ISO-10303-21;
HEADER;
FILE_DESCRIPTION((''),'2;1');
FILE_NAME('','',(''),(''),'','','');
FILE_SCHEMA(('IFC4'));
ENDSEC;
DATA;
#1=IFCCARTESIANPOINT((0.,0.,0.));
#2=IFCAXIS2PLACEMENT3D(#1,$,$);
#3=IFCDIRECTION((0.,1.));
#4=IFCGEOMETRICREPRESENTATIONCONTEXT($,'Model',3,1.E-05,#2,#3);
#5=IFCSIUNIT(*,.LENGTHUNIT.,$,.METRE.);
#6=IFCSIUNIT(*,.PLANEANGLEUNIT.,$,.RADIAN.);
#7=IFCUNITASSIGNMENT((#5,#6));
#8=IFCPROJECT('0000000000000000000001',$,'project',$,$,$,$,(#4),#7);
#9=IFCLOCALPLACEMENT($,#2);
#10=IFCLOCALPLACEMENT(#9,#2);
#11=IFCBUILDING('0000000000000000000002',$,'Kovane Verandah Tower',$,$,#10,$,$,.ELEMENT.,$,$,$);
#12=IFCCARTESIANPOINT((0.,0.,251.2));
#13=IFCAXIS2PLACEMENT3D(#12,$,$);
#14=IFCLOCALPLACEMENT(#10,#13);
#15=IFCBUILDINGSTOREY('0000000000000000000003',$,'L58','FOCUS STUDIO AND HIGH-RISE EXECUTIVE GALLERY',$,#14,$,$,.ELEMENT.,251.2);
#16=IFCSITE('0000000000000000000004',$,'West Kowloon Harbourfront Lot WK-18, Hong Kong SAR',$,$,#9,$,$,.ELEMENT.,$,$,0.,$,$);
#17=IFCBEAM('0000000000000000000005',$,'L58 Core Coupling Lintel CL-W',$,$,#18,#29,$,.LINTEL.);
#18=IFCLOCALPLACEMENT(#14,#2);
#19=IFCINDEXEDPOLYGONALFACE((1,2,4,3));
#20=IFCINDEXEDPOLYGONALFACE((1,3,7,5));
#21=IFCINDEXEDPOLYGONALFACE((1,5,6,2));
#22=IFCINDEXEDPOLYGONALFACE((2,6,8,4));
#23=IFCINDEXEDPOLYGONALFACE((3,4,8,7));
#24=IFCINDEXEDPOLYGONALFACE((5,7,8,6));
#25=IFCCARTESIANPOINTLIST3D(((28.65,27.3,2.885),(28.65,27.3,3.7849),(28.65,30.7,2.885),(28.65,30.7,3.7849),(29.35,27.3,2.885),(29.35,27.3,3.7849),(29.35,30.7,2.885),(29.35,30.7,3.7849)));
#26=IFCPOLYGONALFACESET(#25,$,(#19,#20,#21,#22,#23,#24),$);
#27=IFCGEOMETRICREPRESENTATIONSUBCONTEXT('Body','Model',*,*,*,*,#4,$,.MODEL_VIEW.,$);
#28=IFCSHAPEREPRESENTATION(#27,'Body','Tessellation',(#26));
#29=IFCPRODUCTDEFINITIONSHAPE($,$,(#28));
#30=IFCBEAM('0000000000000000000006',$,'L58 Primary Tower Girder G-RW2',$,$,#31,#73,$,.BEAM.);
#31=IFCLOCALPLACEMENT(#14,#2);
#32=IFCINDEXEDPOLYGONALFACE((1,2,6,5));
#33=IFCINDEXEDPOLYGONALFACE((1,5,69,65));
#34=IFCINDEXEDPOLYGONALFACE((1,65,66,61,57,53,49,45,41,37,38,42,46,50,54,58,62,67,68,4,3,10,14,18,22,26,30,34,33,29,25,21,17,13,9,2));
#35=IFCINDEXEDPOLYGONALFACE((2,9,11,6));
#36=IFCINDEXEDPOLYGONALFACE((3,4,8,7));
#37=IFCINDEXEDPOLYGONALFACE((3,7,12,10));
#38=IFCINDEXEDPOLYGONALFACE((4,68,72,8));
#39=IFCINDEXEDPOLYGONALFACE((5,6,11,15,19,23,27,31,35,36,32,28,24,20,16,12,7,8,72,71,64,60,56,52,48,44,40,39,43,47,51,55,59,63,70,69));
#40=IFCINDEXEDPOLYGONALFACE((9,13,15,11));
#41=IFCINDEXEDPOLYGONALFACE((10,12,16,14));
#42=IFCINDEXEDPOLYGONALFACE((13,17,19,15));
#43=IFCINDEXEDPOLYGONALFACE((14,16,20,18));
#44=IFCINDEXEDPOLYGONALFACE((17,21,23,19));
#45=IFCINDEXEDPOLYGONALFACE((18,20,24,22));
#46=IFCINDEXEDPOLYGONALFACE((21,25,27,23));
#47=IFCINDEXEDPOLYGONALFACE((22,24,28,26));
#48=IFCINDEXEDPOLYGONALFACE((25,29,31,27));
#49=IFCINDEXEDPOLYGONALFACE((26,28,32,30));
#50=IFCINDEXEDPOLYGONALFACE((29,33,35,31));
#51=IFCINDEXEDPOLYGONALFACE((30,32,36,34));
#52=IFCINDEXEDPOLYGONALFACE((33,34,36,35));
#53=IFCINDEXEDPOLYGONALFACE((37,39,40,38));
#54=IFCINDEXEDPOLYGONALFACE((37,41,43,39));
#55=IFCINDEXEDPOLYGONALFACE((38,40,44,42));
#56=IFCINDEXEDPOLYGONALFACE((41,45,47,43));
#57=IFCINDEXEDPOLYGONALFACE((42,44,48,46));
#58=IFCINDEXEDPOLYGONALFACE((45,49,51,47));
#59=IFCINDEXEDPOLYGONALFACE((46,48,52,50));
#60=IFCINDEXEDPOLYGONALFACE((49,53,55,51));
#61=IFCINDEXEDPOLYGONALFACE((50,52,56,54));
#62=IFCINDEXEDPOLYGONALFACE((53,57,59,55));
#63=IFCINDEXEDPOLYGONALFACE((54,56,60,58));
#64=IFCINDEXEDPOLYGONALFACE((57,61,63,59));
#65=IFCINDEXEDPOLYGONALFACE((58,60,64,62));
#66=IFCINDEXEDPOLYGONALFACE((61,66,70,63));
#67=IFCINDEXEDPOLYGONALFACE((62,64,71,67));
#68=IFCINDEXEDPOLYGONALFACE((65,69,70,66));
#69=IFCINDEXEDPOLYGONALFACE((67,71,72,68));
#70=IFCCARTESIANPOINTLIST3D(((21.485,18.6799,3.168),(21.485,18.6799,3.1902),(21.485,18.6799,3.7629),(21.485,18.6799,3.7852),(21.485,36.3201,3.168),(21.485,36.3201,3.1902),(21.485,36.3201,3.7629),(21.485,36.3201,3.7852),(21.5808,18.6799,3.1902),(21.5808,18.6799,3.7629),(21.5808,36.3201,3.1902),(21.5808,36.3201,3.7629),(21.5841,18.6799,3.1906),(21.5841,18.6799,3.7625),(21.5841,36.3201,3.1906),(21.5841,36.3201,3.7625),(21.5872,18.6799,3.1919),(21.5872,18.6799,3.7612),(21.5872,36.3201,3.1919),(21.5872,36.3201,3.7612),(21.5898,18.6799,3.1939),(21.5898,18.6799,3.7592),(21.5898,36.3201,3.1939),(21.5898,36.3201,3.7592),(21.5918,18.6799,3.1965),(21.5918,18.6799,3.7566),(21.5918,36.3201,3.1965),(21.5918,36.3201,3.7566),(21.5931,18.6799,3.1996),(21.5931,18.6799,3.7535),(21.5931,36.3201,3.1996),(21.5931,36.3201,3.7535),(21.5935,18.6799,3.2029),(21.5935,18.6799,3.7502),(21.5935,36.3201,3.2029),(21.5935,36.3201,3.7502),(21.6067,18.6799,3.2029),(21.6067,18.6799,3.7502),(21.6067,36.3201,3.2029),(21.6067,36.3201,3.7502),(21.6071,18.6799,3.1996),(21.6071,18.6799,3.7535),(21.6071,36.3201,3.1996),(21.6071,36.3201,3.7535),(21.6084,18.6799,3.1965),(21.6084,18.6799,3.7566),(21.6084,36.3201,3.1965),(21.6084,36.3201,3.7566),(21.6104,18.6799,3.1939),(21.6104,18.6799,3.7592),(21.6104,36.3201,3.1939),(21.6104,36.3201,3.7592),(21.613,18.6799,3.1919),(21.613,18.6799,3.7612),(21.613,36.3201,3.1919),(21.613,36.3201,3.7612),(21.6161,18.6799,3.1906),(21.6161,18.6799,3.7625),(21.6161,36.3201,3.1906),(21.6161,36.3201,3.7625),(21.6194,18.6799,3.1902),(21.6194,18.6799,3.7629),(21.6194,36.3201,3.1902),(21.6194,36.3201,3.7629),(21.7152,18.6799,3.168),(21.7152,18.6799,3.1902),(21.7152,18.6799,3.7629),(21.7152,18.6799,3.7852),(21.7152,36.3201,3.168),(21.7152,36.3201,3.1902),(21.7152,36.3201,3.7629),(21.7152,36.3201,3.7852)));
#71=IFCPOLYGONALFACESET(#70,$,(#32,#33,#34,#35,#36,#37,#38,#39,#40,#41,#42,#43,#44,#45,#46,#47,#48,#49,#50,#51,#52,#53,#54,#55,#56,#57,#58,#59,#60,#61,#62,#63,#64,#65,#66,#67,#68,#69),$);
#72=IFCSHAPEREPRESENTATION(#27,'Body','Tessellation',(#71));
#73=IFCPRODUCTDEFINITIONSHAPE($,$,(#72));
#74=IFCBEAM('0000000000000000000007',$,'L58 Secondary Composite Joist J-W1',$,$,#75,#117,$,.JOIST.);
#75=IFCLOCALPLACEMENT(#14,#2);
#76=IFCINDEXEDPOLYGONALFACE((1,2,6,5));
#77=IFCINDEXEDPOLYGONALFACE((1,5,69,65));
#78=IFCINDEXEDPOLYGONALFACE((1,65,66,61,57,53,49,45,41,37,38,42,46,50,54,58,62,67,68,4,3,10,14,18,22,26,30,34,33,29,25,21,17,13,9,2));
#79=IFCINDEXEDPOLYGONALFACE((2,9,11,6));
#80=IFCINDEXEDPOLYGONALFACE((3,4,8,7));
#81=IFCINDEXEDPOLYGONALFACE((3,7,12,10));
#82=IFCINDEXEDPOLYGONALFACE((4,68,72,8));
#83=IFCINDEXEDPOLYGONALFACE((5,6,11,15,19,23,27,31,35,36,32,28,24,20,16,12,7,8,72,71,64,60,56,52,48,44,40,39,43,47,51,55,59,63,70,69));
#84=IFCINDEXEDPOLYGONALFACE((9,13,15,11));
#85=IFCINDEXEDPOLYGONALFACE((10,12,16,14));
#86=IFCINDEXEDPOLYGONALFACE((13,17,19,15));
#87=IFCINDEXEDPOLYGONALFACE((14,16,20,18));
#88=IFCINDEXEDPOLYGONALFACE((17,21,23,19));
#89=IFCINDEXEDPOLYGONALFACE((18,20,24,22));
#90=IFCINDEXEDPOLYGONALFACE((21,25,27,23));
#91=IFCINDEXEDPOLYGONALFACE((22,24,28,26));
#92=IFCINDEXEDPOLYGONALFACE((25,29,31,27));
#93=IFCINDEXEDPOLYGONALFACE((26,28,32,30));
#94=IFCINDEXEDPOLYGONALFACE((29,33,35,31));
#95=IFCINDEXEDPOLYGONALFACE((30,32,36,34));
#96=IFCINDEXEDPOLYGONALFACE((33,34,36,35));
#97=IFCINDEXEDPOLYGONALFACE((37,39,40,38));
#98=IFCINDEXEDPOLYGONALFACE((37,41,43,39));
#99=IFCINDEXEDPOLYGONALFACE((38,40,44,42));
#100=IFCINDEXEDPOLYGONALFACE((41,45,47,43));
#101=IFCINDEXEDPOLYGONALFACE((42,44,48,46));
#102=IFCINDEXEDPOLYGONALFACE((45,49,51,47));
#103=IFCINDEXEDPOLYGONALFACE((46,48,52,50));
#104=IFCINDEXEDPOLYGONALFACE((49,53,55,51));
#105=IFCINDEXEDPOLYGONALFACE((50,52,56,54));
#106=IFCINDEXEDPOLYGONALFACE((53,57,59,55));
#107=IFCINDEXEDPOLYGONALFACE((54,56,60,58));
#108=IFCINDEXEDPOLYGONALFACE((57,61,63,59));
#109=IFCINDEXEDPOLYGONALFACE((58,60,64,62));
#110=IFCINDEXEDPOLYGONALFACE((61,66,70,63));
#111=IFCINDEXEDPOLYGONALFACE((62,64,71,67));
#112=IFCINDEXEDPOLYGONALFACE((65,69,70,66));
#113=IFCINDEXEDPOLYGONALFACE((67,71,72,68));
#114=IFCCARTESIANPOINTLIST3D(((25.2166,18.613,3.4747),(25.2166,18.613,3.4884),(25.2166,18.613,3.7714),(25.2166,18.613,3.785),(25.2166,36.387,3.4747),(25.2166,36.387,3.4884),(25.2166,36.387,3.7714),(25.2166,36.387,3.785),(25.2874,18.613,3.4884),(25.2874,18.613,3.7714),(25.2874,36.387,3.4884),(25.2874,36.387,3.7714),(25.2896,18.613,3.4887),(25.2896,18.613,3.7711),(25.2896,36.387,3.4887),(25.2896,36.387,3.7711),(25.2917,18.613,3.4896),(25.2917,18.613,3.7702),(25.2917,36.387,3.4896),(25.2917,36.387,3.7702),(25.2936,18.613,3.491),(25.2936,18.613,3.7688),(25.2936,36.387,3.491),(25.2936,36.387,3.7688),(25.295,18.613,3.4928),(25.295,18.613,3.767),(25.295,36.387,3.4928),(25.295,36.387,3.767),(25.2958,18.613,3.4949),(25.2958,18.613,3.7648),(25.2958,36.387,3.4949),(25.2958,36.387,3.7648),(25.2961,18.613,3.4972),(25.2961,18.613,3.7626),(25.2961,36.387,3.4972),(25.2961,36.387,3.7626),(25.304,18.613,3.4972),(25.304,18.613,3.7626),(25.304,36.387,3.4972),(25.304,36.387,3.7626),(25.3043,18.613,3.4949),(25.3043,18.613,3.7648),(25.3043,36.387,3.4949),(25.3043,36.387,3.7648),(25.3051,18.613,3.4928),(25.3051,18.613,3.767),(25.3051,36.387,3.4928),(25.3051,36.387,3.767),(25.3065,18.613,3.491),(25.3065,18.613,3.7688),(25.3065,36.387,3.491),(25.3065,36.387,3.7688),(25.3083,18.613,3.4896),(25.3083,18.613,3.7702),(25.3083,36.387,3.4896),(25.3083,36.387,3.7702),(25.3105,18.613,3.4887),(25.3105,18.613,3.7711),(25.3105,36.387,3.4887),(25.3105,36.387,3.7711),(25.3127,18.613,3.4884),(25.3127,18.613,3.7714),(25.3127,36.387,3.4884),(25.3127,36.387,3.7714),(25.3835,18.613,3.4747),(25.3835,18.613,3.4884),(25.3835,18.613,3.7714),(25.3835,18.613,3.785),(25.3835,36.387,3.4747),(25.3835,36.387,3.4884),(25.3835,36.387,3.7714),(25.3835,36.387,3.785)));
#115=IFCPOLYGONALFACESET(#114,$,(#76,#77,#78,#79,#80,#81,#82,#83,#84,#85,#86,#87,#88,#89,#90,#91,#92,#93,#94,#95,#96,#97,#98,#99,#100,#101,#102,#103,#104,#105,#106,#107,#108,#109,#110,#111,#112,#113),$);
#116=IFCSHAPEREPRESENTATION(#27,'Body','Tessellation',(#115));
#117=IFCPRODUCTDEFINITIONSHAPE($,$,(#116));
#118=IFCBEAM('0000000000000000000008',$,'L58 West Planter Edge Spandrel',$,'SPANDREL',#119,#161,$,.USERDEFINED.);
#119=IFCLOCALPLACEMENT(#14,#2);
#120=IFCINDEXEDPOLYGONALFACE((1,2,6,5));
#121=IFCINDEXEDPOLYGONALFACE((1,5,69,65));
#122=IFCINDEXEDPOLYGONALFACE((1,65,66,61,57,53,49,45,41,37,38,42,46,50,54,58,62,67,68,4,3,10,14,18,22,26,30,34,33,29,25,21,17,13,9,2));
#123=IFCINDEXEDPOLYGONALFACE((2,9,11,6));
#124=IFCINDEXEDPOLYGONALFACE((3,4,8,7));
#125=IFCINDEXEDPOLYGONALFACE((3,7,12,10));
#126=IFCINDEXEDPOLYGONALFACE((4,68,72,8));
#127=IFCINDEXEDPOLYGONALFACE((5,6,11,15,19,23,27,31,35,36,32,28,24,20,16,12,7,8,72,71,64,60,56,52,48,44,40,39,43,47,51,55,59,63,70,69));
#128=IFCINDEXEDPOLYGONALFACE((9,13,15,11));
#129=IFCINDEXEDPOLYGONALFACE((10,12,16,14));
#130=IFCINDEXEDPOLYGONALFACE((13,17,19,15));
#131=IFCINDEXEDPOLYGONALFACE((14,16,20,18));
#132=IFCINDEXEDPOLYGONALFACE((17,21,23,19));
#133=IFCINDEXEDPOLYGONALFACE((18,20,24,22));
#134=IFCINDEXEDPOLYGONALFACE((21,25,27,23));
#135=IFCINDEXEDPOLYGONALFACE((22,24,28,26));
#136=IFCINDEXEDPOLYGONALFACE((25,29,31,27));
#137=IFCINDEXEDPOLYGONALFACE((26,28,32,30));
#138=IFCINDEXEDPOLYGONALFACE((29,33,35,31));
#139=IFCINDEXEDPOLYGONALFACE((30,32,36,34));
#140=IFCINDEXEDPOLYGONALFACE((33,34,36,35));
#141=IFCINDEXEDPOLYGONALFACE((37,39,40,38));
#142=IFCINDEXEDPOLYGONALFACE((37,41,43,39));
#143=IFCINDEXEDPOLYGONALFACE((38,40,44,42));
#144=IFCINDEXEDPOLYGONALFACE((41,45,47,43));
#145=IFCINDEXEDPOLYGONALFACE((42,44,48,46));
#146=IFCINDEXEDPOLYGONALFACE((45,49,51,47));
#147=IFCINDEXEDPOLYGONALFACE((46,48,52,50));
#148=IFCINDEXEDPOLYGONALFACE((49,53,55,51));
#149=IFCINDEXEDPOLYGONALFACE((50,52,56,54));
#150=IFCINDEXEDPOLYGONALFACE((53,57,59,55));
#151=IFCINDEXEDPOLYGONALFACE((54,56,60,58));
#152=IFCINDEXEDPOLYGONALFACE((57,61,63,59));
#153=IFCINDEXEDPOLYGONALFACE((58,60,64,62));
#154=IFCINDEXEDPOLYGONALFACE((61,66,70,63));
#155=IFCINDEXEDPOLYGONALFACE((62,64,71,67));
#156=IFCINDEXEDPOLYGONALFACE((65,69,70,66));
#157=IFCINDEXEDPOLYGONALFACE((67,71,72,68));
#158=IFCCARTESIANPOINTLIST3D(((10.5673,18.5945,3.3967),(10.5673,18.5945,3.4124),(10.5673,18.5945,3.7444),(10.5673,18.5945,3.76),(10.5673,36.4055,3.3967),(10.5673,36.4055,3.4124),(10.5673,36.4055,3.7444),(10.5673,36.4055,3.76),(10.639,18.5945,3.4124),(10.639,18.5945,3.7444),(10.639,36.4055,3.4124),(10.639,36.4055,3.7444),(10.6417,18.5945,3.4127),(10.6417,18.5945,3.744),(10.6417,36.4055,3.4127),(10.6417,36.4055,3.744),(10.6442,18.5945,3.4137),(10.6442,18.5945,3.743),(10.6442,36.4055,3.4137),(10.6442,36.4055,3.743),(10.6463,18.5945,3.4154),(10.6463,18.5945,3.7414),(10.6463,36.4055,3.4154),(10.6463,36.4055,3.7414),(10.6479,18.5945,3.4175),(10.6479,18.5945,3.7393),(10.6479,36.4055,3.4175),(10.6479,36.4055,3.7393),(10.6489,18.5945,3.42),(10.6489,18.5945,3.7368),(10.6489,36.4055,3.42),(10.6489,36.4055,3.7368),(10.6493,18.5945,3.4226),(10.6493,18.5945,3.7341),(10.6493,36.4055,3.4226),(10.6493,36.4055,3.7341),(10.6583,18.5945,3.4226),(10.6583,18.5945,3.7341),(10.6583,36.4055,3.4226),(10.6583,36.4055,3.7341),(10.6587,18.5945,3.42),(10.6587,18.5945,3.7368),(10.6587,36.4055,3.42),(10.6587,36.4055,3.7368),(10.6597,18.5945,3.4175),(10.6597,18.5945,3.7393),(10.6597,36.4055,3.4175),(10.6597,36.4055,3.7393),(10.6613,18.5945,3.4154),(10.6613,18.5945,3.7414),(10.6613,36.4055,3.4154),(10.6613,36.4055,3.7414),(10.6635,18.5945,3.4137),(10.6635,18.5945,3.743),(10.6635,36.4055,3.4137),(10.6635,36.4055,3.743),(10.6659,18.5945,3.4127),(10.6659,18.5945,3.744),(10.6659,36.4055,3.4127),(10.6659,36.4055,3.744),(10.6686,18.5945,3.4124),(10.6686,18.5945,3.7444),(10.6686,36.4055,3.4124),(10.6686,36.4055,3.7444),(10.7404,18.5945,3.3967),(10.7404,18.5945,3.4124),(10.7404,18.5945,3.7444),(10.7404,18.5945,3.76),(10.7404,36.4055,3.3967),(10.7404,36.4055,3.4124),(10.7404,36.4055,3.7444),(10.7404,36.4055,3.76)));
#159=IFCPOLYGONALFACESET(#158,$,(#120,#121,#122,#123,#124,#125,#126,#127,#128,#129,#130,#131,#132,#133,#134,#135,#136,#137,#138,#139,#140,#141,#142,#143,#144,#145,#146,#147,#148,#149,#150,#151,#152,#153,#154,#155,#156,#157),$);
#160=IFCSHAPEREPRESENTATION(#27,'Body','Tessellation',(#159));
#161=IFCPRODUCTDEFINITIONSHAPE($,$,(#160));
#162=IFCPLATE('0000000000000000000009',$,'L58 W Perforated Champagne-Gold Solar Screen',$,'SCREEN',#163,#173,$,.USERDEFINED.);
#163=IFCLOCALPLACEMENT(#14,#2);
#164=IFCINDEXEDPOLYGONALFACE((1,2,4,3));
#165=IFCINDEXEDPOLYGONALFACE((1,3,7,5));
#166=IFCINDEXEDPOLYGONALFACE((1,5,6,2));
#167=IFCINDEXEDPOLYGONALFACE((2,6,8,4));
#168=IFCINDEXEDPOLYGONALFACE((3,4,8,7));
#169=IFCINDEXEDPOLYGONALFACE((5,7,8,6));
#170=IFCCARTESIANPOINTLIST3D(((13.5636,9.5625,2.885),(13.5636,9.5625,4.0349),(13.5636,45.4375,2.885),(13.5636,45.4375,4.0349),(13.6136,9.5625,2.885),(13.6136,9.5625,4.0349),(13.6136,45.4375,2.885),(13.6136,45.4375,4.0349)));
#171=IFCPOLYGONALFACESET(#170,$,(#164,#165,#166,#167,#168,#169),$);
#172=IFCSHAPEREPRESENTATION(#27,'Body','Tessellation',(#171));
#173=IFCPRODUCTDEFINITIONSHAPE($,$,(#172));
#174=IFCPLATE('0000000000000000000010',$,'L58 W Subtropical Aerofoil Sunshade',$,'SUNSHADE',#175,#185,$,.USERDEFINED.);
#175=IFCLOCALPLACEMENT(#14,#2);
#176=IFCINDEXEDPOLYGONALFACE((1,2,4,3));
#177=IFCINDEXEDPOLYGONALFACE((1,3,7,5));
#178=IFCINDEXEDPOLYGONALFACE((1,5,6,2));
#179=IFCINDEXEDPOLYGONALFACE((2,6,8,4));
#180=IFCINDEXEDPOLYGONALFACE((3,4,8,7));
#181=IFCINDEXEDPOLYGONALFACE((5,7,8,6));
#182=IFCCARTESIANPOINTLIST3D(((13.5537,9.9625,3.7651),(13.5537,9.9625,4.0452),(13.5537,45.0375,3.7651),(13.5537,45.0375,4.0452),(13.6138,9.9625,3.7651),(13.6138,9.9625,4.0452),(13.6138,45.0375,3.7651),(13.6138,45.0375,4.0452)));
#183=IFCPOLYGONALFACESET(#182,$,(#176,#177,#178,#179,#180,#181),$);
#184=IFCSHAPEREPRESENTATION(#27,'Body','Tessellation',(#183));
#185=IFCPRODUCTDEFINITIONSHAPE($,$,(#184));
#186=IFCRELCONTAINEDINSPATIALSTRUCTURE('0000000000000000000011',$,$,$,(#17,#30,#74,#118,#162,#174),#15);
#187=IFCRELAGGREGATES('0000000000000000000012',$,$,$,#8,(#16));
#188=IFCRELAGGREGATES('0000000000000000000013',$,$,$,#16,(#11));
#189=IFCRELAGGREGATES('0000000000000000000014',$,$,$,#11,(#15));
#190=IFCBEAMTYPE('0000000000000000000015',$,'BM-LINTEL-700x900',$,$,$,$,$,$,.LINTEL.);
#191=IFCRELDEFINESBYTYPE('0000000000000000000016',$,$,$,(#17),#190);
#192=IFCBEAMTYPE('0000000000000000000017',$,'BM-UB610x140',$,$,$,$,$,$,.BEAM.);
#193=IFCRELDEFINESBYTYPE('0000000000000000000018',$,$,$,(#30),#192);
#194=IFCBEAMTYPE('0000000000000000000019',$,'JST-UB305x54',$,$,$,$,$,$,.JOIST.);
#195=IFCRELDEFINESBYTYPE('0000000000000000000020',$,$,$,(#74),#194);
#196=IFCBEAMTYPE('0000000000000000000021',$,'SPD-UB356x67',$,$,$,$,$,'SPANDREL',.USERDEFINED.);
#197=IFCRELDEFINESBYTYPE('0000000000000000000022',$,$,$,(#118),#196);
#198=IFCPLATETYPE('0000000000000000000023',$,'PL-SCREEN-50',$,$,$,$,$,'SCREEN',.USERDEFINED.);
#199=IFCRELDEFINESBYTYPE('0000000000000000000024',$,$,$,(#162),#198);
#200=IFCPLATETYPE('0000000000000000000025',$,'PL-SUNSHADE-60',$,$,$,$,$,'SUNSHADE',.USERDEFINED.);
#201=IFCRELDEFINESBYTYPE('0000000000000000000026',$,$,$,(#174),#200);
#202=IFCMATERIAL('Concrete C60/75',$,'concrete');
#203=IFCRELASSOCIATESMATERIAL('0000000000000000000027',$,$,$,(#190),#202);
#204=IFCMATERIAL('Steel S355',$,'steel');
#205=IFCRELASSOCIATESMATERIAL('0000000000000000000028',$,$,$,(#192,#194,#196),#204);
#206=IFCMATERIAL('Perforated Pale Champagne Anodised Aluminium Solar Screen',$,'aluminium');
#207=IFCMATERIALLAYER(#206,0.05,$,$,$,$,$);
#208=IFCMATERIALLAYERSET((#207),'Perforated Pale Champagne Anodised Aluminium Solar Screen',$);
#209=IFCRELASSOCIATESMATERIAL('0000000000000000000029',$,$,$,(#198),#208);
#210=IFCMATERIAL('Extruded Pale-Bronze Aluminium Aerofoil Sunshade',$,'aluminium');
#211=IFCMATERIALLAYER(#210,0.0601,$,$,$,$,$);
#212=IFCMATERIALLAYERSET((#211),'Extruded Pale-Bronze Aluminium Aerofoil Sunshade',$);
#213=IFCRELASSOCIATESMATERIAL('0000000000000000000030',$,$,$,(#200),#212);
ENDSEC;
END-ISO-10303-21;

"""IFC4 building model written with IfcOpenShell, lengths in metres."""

from ifc_helpers import new_model, si_unit, direction, frame, origin, origin_2d, place, context, subcontext, project, spatial, rectangle, i_section, extrude, material, layer, layer_set, material_profile, profile_set, type_object, element, save


model = new_model("IFC4")

# Units and contexts
model_context = context("Model", 3, precision=1e-05, world=origin(), true_north=direction((0.0, 1.0)))
body_context = subcontext(model_context, "Body", "Model", "MODEL_VIEW")
ifc_project = project(units=[si_unit("LENGTHUNIT", "METRE"), si_unit("PLANEANGLEUNIT", "RADIAN")], contexts=[model_context])

# Site, building, storey
site_placement = place(None, origin())
site = spatial("IfcSite", under=ifc_project, at=site_placement, Name="West Kowloon Harbourfront Lot WK-18, Hong Kong SAR", CompositionType="ELEMENT", RefElevation=0.0)
building_placement = place(site_placement, origin())
building = spatial("IfcBuilding", under=site, at=building_placement, Name="Kovane Verandah Tower", CompositionType="ELEMENT")
storey_placement = place(building_placement, frame((0.0, 0.0, 251.2)))
storey = spatial("IfcBuildingStorey", under=building, at=storey_placement, Name="L58", Description="FOCUS STUDIO AND HIGH-RISE EXECUTIVE GALLERY", CompositionType="ELEMENT", Elevation=251.2)

# Beams
ifc_material_1 = material(Name="Concrete C60/75", Category="concrete")
ifc_material_profile_1 = material_profile(ifc_material_1, rectangle(XDim=0.7, YDim=0.8999, at=origin_2d()), Name="RCB700x900")
ifc_profile_set_1 = profile_set([ifc_material_profile_1], Name="Concrete C60/75")
beam_type_1 = type_object("IfcBeamType", Name="BM-LINTEL-700x900", PredefinedType="LINTEL", material=ifc_profile_set_1)
beam_1_placement = place(storey_placement, frame((29.0, 27.3, 3.335), z_axis=(0.0, 1.0, 0.0), x_axis=(-1.0, 0.0, 0.0)))
element("IfcBeam", 1, at=beam_1_placement, inside=storey, type_object=beam_type_1, Name="L58 Core Coupling Lintel CL-W", PredefinedType="LINTEL", context=body_context, shape_type="SweptSolid", body=[
    extrude(rectangle(XDim=0.7, YDim=0.8999, at=origin_2d()), origin(), (0.0, 0.0, 1.0), 3.3999),
])
ifc_material_2 = material(Name="Steel S355", Category="steel")
ifc_material_profile_2 = material_profile(ifc_material_2, i_section(OverallWidth=0.2302, OverallDepth=0.6172, WebThickness=0.0132, FlangeThickness=0.0222, FilletRadius=0.0127, at=origin_2d()), Name="UB610x229x140")
ifc_profile_set_2 = profile_set([ifc_material_profile_2], Name="Steel S355")
beam_type_2 = type_object("IfcBeamType", Name="BM-UB610x140", PredefinedType="BEAM", material=ifc_profile_set_2)
beam_2_placement = place(storey_placement, frame((21.6001, 18.6799, 3.4766), z_axis=(0.0, 1.0, 0.0), x_axis=(-1.0, 0.0, 0.0)))
element("IfcBeam", 2, at=beam_2_placement, inside=storey, type_object=beam_type_2, Name="L58 Primary Tower Girder G-RW2", PredefinedType="BEAM", context=body_context, shape_type="SweptSolid", body=[
    extrude(i_section(OverallWidth=0.2302, OverallDepth=0.6172, WebThickness=0.0132, FlangeThickness=0.0222, FilletRadius=0.0127, at=origin_2d()), origin(), (0.0, 0.0, 1.0), 17.6401),
])
ifc_material_profile_3 = material_profile(ifc_material_2, i_section(OverallWidth=0.167, OverallDepth=0.3103, WebThickness=0.0078, FlangeThickness=0.0137, FilletRadius=0.0088, at=origin_2d()), Name="UB305x165x54")
ifc_profile_set_3 = profile_set([ifc_material_profile_3], Name="Steel S355")
beam_type_3 = type_object("IfcBeamType", Name="JST-UB305x54", PredefinedType="JOIST", material=ifc_profile_set_3)
beam_3_placement = place(storey_placement, frame((25.3, 18.613, 3.6299), z_axis=(0.0, 1.0, 0.0), x_axis=(-1.0, 0.0, 0.0)))
element("IfcBeam", 3, at=beam_3_placement, inside=storey, type_object=beam_type_3, Name="L58 Secondary Composite Joist J-W1", PredefinedType="JOIST", context=body_context, shape_type="SweptSolid", body=[
    extrude(i_section(OverallWidth=0.167, OverallDepth=0.3103, WebThickness=0.0078, FlangeThickness=0.0137, FilletRadius=0.0088, at=origin_2d()), origin(), (0.0, 0.0, 1.0), 17.7739),
])
ifc_material_profile_4 = material_profile(ifc_material_2, i_section(OverallWidth=0.1731, OverallDepth=0.3633, WebThickness=0.009, FlangeThickness=0.0156, FilletRadius=0.0103, at=origin_2d()), Name="UB356x171x67")
ifc_profile_set_4 = profile_set([ifc_material_profile_4], Name="Steel S355")
beam_type_4 = type_object("IfcBeamType", Name="SPD-UB356x67", ElementType="SPANDREL", PredefinedType="USERDEFINED", material=ifc_profile_set_4)
beam_4_placement = place(storey_placement, frame((10.6538, 18.5945, 3.5784), z_axis=(0.0, 1.0, 0.0), x_axis=(-1.0, 0.0, 0.0)))
element("IfcBeam", 4, at=beam_4_placement, inside=storey, type_object=beam_type_4, Name="L58 West Planter Edge Spandrel", ObjectType="SPANDREL", PredefinedType="USERDEFINED", context=body_context, shape_type="SweptSolid", body=[
    extrude(i_section(OverallWidth=0.1731, OverallDepth=0.3633, WebThickness=0.009, FlangeThickness=0.0156, FilletRadius=0.0103, at=origin_2d()), origin(), (0.0, 0.0, 1.0), 17.811),
])

# Plates
ifc_material_3 = material(Name="Perforated Pale Champagne Anodised Aluminium Solar Screen", Category="aluminium")
ifc_layer_1 = layer(ifc_material_3, 0.05)
ifc_layer_set_1 = layer_set([ifc_layer_1], Name="Perforated Pale Champagne Anodised Aluminium Solar Screen")
plate_type_1 = type_object("IfcPlateType", Name="PL-SCREEN-50", ElementType="SCREEN", PredefinedType="USERDEFINED", material=ifc_layer_set_1)
plate_1_placement = place(storey_placement, frame((13.5886, 27.5, 2.885), z_axis=(0.0, 0.0, 1.0), x_axis=(0.0, -1.0, 0.0)))
element("IfcPlate", 5, at=plate_1_placement, inside=storey, type_object=plate_type_1, Name="L58 W Perforated Champagne-Gold Solar Screen", ObjectType="SCREEN", PredefinedType="USERDEFINED", context=body_context, shape_type="SweptSolid", body=[
    extrude(rectangle(XDim=35.875, YDim=0.05, at=origin_2d()), origin(), (0.0, 0.0, 1.0), 1.1499),
])
ifc_material_4 = material(Name="Extruded Pale-Bronze Aluminium Aerofoil Sunshade", Category="aluminium")
ifc_layer_2 = layer(ifc_material_4, 0.0601)
ifc_layer_set_2 = layer_set([ifc_layer_2], Name="Extruded Pale-Bronze Aluminium Aerofoil Sunshade")
plate_type_2 = type_object("IfcPlateType", Name="PL-SUNSHADE-60", ElementType="SUNSHADE", PredefinedType="USERDEFINED", material=ifc_layer_set_2)
plate_2_placement = place(storey_placement, frame((13.5837, 27.5, 3.7651), z_axis=(0.0, 0.0, 1.0), x_axis=(0.0, -1.0, 0.0)))
element("IfcPlate", 6, at=plate_2_placement, inside=storey, type_object=plate_type_2, Name="L58 W Subtropical Aerofoil Sunshade", ObjectType="SUNSHADE", PredefinedType="USERDEFINED", context=body_context, shape_type="SweptSolid", body=[
    extrude(rectangle(XDim=35.075, YDim=0.0601, at=origin_2d()), origin(), (0.0, 0.0, 1.0), 0.28),
])

save(model, "model.ifc")
